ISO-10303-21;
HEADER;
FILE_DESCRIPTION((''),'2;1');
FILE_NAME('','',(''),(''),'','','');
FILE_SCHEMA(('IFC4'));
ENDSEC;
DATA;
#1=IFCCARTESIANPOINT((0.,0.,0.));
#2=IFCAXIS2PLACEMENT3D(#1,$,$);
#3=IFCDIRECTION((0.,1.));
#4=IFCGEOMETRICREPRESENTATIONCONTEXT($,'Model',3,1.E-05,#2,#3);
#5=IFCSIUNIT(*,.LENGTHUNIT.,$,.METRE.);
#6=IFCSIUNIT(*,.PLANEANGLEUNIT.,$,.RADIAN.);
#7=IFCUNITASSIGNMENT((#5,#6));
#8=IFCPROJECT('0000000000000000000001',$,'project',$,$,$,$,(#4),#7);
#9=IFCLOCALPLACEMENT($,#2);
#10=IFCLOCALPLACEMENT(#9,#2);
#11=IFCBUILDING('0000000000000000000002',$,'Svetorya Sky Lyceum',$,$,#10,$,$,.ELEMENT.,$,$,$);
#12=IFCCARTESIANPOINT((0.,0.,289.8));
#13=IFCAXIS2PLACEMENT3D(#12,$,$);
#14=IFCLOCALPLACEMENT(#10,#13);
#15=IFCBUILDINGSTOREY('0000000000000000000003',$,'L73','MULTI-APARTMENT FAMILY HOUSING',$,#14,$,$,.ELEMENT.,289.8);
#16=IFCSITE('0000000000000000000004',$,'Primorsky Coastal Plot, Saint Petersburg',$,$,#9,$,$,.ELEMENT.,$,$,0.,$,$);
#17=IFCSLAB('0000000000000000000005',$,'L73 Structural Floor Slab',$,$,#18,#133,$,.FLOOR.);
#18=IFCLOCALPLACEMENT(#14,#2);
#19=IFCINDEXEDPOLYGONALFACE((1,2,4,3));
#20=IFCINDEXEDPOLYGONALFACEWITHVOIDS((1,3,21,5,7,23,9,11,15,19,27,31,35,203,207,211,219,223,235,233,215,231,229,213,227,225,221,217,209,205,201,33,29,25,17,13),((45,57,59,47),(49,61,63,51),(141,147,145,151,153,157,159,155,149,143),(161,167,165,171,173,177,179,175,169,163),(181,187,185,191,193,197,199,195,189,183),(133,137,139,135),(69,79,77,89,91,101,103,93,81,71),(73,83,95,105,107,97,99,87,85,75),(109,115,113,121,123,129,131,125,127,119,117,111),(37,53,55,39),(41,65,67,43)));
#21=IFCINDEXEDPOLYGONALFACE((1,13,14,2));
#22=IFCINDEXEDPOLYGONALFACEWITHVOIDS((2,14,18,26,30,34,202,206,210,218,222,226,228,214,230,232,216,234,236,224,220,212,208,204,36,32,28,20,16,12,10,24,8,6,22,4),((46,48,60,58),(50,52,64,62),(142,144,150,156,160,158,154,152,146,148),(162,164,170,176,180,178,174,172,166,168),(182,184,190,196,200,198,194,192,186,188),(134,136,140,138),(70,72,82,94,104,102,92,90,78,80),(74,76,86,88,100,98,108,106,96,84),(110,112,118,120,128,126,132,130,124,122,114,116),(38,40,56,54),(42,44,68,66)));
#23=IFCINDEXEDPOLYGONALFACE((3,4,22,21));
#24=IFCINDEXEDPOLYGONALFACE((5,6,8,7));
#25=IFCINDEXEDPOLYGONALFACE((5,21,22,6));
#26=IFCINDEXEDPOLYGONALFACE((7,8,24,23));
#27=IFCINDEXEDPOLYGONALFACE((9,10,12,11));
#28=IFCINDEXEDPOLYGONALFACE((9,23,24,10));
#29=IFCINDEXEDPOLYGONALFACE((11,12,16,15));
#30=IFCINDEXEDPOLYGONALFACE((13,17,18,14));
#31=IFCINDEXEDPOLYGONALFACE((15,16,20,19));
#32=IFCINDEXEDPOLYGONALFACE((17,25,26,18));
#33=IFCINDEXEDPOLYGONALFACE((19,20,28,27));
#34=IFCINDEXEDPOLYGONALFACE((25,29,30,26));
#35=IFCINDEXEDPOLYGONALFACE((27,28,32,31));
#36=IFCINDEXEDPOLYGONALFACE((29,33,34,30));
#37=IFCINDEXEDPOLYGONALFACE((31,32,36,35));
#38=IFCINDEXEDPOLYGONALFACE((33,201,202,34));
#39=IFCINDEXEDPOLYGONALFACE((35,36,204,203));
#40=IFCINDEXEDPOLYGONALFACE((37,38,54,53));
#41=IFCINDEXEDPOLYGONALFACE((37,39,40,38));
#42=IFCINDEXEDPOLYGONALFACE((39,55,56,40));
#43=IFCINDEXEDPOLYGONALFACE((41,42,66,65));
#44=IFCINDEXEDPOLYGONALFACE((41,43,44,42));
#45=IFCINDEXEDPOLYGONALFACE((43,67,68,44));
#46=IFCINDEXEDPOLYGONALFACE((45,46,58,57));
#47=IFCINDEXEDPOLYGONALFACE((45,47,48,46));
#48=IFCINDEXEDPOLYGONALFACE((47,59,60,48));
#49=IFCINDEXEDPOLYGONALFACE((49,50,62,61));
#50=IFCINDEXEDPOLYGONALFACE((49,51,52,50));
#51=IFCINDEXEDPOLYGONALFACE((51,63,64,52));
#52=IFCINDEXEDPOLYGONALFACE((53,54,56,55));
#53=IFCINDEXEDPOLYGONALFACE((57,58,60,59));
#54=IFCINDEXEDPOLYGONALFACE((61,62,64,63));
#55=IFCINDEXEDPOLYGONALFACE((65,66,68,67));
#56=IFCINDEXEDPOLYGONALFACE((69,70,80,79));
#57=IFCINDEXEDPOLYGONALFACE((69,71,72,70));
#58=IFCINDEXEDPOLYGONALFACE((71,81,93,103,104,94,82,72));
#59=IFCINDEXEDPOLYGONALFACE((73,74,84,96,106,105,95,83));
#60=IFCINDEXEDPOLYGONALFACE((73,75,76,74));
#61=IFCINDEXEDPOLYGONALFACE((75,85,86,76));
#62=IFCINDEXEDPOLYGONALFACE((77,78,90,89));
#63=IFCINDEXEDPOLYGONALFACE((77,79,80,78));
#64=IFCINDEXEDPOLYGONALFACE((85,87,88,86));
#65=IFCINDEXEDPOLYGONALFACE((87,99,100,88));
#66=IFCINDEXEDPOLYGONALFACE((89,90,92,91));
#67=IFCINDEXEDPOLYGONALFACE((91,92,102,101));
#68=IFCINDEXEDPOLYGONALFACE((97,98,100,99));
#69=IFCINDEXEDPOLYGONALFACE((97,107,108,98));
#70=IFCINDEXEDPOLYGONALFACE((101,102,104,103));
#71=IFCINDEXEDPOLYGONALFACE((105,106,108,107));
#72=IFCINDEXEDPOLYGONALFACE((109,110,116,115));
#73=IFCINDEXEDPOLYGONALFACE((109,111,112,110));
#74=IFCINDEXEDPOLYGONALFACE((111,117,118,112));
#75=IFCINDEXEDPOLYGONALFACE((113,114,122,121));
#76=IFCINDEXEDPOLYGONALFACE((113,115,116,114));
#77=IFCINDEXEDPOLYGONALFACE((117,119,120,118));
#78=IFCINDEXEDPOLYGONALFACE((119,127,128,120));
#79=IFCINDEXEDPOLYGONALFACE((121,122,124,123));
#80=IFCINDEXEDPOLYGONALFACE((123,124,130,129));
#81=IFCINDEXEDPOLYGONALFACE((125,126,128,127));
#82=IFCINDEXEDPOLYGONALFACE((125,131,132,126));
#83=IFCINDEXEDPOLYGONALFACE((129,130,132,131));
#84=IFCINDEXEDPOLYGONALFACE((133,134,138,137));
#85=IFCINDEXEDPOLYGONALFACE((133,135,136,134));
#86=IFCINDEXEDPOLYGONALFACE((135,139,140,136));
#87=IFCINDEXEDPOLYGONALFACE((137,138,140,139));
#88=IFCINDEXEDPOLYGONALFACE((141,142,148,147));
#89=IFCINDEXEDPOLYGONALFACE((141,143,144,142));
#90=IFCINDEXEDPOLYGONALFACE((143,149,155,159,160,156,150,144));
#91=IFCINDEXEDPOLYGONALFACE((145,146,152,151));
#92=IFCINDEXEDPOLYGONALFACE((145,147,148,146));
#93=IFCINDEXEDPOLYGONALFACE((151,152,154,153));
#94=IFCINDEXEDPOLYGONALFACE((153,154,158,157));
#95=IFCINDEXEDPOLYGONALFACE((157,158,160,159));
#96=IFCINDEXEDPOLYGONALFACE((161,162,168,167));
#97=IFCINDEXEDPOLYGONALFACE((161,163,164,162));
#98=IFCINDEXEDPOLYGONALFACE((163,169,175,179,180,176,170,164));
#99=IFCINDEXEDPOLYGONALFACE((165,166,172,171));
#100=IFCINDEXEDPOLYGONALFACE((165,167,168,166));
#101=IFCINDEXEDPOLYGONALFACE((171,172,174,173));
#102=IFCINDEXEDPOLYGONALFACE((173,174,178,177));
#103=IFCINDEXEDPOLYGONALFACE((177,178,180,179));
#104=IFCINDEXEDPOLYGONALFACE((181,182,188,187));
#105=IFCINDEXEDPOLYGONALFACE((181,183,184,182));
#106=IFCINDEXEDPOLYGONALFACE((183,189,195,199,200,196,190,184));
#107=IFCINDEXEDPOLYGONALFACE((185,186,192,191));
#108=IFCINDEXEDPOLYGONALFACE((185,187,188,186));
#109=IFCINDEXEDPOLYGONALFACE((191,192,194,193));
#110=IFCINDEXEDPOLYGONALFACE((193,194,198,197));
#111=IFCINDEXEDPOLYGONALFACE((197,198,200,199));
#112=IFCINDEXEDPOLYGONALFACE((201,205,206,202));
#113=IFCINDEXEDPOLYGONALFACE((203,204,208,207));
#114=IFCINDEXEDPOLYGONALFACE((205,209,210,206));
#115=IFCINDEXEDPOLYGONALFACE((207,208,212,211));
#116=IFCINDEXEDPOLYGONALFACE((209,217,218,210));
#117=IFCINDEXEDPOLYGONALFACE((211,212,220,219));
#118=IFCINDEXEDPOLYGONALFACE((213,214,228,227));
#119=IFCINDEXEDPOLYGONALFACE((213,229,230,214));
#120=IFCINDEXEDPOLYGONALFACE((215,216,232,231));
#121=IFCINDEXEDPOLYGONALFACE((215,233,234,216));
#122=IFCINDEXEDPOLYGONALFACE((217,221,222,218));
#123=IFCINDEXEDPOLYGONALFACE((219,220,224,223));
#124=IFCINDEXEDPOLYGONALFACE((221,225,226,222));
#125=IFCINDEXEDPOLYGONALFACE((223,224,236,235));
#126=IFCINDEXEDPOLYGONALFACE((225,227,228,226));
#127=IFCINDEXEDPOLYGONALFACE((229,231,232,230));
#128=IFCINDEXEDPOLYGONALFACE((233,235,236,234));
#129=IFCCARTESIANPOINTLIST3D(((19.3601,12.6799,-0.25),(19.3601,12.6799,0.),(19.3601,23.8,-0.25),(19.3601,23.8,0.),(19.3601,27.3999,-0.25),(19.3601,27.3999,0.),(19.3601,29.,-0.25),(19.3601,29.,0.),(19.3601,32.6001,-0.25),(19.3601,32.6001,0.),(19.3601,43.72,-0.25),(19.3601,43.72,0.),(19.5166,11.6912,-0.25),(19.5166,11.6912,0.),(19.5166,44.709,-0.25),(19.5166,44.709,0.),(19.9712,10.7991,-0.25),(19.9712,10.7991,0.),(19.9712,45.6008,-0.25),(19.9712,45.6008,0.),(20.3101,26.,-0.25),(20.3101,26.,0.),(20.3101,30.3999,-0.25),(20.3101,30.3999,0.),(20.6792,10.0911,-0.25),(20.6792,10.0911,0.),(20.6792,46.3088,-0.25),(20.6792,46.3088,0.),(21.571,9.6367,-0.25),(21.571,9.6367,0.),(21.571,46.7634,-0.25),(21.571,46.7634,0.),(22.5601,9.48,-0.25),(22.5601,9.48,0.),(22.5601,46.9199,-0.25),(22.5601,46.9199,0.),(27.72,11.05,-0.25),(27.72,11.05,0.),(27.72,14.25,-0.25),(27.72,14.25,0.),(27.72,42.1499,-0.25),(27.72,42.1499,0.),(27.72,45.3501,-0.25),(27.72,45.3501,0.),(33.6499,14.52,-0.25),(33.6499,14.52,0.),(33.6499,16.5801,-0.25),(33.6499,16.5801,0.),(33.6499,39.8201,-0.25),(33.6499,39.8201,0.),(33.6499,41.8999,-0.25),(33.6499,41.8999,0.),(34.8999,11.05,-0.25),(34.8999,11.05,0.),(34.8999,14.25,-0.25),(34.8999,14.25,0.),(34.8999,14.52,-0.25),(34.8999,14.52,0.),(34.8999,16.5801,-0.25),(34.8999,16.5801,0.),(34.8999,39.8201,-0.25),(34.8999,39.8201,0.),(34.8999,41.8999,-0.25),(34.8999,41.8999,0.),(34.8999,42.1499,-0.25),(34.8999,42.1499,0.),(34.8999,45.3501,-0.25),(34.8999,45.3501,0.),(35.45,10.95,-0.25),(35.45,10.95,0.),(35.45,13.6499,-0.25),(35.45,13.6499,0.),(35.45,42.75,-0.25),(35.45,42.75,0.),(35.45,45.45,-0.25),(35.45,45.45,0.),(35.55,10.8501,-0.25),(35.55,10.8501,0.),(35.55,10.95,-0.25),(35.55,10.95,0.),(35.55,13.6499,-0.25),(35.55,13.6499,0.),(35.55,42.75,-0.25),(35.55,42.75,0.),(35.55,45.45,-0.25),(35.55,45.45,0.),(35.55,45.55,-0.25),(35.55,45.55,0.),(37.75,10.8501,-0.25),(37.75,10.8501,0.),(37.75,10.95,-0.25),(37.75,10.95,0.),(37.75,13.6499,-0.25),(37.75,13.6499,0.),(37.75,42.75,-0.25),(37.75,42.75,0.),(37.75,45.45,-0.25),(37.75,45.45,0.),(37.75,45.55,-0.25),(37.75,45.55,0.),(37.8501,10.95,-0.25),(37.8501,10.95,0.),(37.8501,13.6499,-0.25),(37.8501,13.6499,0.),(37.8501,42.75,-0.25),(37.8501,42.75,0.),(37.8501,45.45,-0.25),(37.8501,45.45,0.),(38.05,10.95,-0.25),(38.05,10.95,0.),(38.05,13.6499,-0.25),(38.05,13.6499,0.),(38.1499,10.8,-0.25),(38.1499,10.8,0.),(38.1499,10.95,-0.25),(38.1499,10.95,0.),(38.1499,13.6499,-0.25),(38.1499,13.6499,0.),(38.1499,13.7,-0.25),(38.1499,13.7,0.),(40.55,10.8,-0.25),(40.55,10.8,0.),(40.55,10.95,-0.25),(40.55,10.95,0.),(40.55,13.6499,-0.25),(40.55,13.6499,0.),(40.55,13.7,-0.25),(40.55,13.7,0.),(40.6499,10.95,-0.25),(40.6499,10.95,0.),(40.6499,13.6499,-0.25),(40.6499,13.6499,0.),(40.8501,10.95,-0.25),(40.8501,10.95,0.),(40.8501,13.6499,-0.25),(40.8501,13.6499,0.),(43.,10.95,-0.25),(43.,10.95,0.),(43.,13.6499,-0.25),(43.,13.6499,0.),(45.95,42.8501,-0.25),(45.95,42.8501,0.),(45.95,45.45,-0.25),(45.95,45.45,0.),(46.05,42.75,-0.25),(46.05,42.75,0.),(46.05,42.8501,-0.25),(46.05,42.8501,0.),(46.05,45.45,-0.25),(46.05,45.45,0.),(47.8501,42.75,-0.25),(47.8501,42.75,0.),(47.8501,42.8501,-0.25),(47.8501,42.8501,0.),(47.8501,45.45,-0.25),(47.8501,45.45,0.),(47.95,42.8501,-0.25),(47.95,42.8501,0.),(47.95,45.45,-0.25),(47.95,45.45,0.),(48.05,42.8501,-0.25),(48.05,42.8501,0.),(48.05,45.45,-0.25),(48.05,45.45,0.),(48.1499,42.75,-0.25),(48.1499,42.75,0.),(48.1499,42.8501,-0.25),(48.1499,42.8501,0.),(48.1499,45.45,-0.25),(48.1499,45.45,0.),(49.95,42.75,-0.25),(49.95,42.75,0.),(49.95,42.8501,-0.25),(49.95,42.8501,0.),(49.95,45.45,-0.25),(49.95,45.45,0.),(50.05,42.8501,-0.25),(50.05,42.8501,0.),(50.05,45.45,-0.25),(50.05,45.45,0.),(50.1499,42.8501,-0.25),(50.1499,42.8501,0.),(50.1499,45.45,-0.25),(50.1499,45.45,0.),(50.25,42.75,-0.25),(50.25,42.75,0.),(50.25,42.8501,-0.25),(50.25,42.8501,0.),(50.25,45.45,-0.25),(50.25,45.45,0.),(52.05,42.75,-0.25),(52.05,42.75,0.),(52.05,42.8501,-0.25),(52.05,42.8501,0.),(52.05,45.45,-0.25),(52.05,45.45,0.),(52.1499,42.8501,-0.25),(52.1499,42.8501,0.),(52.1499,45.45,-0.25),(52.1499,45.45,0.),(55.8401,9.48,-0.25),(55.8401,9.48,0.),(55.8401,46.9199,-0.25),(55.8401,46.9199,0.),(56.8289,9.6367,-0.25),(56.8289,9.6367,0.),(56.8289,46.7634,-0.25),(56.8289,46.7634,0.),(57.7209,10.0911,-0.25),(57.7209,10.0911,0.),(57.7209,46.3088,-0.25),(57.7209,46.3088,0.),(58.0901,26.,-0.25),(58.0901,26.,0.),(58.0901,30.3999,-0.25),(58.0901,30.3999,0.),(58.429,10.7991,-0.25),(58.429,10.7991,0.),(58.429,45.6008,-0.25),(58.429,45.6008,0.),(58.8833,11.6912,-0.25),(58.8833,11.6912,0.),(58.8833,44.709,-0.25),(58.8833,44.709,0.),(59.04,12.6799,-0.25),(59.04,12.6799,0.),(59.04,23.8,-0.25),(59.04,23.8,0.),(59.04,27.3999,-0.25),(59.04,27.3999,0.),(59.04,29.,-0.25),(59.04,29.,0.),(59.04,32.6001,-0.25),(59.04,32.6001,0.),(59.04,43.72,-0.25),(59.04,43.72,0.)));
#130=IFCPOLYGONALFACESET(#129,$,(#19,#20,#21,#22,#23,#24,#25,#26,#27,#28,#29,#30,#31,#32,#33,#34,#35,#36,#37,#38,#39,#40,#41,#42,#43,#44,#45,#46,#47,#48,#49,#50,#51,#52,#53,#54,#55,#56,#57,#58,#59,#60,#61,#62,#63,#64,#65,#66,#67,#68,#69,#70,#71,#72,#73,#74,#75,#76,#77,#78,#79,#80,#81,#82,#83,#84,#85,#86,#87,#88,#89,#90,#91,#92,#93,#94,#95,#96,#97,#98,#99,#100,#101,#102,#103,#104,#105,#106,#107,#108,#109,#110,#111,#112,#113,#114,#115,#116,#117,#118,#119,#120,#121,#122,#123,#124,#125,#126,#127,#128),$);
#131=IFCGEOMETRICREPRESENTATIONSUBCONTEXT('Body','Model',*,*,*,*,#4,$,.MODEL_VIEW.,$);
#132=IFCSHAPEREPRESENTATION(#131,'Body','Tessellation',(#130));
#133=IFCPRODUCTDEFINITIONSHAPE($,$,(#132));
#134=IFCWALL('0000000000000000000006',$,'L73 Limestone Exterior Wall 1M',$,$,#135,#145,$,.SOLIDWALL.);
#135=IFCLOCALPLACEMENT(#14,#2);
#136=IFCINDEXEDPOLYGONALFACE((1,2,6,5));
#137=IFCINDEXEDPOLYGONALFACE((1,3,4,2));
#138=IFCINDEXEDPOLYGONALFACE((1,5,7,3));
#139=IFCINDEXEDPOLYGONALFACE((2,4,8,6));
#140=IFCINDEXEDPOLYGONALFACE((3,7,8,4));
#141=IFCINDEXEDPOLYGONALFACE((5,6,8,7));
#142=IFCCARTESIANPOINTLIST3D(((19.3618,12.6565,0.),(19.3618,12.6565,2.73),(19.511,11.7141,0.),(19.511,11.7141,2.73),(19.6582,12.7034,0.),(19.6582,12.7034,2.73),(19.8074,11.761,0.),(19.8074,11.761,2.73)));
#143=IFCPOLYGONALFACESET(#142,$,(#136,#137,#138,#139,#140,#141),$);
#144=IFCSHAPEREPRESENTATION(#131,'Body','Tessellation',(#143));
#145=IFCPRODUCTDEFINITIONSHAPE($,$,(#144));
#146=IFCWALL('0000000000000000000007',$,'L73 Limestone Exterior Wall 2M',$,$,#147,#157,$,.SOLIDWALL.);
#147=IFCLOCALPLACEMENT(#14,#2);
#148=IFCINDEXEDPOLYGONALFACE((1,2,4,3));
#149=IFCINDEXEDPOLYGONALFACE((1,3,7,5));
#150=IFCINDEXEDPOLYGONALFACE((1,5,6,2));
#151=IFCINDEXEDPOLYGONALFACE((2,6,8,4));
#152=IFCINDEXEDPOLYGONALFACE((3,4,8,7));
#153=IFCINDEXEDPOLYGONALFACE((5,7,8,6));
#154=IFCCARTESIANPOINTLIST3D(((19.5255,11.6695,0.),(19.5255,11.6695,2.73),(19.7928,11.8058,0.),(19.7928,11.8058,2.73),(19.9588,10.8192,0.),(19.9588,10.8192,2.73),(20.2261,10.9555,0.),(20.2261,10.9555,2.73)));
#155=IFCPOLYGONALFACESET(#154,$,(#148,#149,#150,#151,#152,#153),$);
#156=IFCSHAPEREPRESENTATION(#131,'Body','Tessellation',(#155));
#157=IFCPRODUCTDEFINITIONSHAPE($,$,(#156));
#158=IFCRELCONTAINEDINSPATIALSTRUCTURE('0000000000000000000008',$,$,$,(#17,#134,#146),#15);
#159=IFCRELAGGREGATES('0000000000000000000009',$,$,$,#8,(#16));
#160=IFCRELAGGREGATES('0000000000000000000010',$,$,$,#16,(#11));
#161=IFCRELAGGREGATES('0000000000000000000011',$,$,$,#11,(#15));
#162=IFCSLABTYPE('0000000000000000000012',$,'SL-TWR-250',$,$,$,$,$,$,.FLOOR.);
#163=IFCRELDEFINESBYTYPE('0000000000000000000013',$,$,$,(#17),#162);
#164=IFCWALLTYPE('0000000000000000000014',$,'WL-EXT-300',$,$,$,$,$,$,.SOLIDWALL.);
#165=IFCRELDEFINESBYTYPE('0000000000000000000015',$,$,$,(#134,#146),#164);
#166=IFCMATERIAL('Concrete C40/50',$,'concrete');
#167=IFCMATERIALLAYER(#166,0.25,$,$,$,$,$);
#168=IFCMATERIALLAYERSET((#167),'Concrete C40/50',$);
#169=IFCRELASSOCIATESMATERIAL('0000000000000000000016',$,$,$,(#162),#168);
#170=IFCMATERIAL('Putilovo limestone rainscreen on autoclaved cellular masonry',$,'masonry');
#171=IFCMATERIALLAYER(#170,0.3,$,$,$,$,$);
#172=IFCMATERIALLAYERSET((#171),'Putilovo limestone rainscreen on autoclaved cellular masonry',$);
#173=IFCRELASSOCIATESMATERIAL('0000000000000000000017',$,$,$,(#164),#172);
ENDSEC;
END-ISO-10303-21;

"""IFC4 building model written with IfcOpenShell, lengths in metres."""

from ifc_helpers import new_model, si_unit, direction, frame, frame_2d, origin, place, context, subcontext, project, spatial, polyline, rectangle, outline, extrude, material, layer, layer_set, type_object, element, save


model = new_model("IFC4")

# Units and contexts
model_context = context("Model", 3, precision=1e-05, world=origin(), true_north=direction((0.0, 1.0)))
body_context = subcontext(model_context, "Body", "Model", "MODEL_VIEW")
ifc_project = project(units=[si_unit("LENGTHUNIT", "METRE"), si_unit("PLANEANGLEUNIT", "RADIAN")], contexts=[model_context])

# Site, building, storey
site_placement = place(None, origin())
site = spatial("IfcSite", under=ifc_project, at=site_placement, Name="Primorsky Coastal Plot, Saint Petersburg", CompositionType="ELEMENT", RefElevation=0.0)
building_placement = place(site_placement, origin())
building = spatial("IfcBuilding", under=site, at=building_placement, Name="Svetorya Sky Lyceum", CompositionType="ELEMENT")
storey_placement = place(building_placement, frame((0.0, 0.0, 289.8)))
storey = spatial("IfcBuildingStorey", under=building, at=storey_placement, Name="L73", Description="MULTI-APARTMENT FAMILY HOUSING", CompositionType="ELEMENT", Elevation=289.8)

# Shared definitions
ifc_material_1 = material(Name="Concrete C40/50", Category="concrete")

# Slab
ifc_layer_1 = layer(ifc_material_1, 0.25)
ifc_layer_set_1 = layer_set([ifc_layer_1], Name="Concrete C40/50")
slab_type_1 = type_object("IfcSlabType", Name="SL-TWR-250", PredefinedType="FLOOR", material=ifc_layer_set_1)
slab_1_placement = place(storey_placement, frame((0.0, 0.0, -0.25)))
element("IfcSlab", 1, at=slab_1_placement, inside=storey, type_object=slab_type_1, Name="L73 Structural Floor Slab", PredefinedType="FLOOR", context=body_context, shape_type="SweptSolid", body=[
    extrude(outline(polyline([(19.3601, 12.6799), (19.5166, 11.6912), (19.9712, 10.7991), (20.6792, 10.0911), (21.571, 9.6367), (22.5601, 9.48), (55.8401, 9.48), (56.8289, 9.6367), (57.7209, 10.0911), (58.429, 10.7991), (58.8833, 11.6912), (59.04, 12.6799), (59.04, 23.8), (58.0901, 26.0), (59.04, 27.3999), (59.04, 29.0), (58.0901, 30.3999), (59.04, 32.6001), (59.04, 43.72), (58.8833, 44.709), (58.429, 45.6008), (57.7209, 46.3088), (56.8289, 46.7634), (55.8401, 46.9199), (22.5601, 46.9199), (21.571, 46.7634), (20.6792, 46.3088), (19.9712, 45.6008), (19.5166, 44.709), (19.3601, 43.72), (19.3601, 32.6001), (20.3101, 30.3999), (19.3601, 29.0), (19.3601, 27.3999), (20.3101, 26.0), (19.3601, 23.8), (19.3601, 12.6799)]), holes=[polyline([(37.8501, 10.95), (37.75, 10.95), (37.75, 10.8501), (35.55, 10.8501), (35.55, 10.95), (35.45, 10.95), (35.45, 13.6499), (35.55, 13.6499), (37.75, 13.6499), (37.8501, 13.6499), (37.8501, 10.95)]), polyline([(38.1499, 10.8), (38.1499, 10.95), (38.05, 10.95), (38.05, 13.6499), (38.1499, 13.6499), (38.1499, 13.7), (40.55, 13.7), (40.55, 13.6499), (40.6499, 13.6499), (40.6499, 10.95), (40.55, 10.95), (40.55, 10.8), (38.1499, 10.8)]), polyline([(27.72, 11.05), (27.72, 14.25), (34.8999, 14.25), (34.8999, 11.05), (27.72, 11.05)]), polyline([(33.6499, 14.52), (33.6499, 16.5801), (34.8999, 16.5801), (34.8999, 14.52), (33.6499, 14.52)]), polyline([(33.6499, 39.8201), (33.6499, 41.8999), (34.8999, 41.8999), (34.8999, 39.8201), (33.6499, 39.8201)]), polyline([(27.72, 42.1499), (27.72, 45.3501), (34.8999, 45.3501), (34.8999, 42.1499), (27.72, 42.1499)]), polyline([(37.75, 42.75), (35.55, 42.75), (35.45, 42.75), (35.45, 45.45), (35.55, 45.45), (35.55, 45.55), (37.75, 45.55), (37.75, 45.45), (37.8501, 45.45), (37.8501, 42.75), (37.75, 42.75)]), polyline([(40.8501, 10.95), (40.8501, 13.6499), (43.0, 13.6499), (43.0, 10.95), (40.8501, 10.95)]), polyline([(46.05, 42.75), (46.05, 42.8501), (45.95, 42.8501), (45.95, 45.45), (46.05, 45.45), (47.8501, 45.45), (47.95, 45.45), (47.95, 42.8501), (47.8501, 42.8501), (47.8501, 42.75), (46.05, 42.75)]), polyline([(50.05, 42.8501), (49.95, 42.8501), (49.95, 42.75), (48.1499, 42.75), (48.1499, 42.8501), (48.05, 42.8501), (48.05, 45.45), (48.1499, 45.45), (49.95, 45.45), (50.05, 45.45), (50.05, 42.8501)]), polyline([(52.1499, 42.8501), (52.05, 42.8501), (52.05, 42.75), (50.25, 42.75), (50.25, 42.8501), (50.1499, 42.8501), (50.1499, 45.45), (50.25, 45.45), (52.05, 45.45), (52.1499, 45.45), (52.1499, 42.8501)])]), origin(), (0.0, 0.0, 1.0), 0.25),
])

# Walls
ifc_material_2 = material(Name="Putilovo limestone rainscreen on autoclaved cellular masonry", Category="masonry")
ifc_layer_2 = layer(ifc_material_2, 0.3)
ifc_layer_set_2 = layer_set([ifc_layer_2], Name="Putilovo limestone rainscreen on autoclaved cellular masonry")
wall_type_1 = type_object("IfcWallType", Name="WL-EXT-300", PredefinedType="SOLIDWALL", material=ifc_layer_set_2)
wall_1_placement = place(storey_placement, frame((19.51, 12.6799, 0.0), z_axis=(0.0, 0.0, 1.0), x_axis=(0.156344, -0.987703, 0.0)))
element("IfcWall", 2, at=wall_1_placement, inside=storey, type_object=wall_type_1, Name="L73 Limestone Exterior Wall 1M", PredefinedType="SOLIDWALL", context=body_context, shape_type="SweptSolid", body=[
    extrude(rectangle(XDim=0.9541, YDim=0.3, at=frame_2d((0.4771, 0.0))), origin(), (0.0, 0.0, 1.0), 2.73),
])
wall_2_placement = place(storey_placement, frame((19.6592, 11.7375, 0.0), z_axis=(0.0, 0.0, 1.0), x_axis=(0.454056, -0.890973, 0.0)))
element("IfcWall", 3, at=wall_2_placement, inside=storey, type_object=wall_type_1, Name="L73 Limestone Exterior Wall 2M", PredefinedType="SOLIDWALL", context=body_context, shape_type="SweptSolid", body=[
    extrude(rectangle(XDim=0.9543, YDim=0.3, at=frame_2d((0.4771, 0.0))), origin(), (0.0, 0.0, 1.0), 2.73),
])

save(model, "model.ifc")
